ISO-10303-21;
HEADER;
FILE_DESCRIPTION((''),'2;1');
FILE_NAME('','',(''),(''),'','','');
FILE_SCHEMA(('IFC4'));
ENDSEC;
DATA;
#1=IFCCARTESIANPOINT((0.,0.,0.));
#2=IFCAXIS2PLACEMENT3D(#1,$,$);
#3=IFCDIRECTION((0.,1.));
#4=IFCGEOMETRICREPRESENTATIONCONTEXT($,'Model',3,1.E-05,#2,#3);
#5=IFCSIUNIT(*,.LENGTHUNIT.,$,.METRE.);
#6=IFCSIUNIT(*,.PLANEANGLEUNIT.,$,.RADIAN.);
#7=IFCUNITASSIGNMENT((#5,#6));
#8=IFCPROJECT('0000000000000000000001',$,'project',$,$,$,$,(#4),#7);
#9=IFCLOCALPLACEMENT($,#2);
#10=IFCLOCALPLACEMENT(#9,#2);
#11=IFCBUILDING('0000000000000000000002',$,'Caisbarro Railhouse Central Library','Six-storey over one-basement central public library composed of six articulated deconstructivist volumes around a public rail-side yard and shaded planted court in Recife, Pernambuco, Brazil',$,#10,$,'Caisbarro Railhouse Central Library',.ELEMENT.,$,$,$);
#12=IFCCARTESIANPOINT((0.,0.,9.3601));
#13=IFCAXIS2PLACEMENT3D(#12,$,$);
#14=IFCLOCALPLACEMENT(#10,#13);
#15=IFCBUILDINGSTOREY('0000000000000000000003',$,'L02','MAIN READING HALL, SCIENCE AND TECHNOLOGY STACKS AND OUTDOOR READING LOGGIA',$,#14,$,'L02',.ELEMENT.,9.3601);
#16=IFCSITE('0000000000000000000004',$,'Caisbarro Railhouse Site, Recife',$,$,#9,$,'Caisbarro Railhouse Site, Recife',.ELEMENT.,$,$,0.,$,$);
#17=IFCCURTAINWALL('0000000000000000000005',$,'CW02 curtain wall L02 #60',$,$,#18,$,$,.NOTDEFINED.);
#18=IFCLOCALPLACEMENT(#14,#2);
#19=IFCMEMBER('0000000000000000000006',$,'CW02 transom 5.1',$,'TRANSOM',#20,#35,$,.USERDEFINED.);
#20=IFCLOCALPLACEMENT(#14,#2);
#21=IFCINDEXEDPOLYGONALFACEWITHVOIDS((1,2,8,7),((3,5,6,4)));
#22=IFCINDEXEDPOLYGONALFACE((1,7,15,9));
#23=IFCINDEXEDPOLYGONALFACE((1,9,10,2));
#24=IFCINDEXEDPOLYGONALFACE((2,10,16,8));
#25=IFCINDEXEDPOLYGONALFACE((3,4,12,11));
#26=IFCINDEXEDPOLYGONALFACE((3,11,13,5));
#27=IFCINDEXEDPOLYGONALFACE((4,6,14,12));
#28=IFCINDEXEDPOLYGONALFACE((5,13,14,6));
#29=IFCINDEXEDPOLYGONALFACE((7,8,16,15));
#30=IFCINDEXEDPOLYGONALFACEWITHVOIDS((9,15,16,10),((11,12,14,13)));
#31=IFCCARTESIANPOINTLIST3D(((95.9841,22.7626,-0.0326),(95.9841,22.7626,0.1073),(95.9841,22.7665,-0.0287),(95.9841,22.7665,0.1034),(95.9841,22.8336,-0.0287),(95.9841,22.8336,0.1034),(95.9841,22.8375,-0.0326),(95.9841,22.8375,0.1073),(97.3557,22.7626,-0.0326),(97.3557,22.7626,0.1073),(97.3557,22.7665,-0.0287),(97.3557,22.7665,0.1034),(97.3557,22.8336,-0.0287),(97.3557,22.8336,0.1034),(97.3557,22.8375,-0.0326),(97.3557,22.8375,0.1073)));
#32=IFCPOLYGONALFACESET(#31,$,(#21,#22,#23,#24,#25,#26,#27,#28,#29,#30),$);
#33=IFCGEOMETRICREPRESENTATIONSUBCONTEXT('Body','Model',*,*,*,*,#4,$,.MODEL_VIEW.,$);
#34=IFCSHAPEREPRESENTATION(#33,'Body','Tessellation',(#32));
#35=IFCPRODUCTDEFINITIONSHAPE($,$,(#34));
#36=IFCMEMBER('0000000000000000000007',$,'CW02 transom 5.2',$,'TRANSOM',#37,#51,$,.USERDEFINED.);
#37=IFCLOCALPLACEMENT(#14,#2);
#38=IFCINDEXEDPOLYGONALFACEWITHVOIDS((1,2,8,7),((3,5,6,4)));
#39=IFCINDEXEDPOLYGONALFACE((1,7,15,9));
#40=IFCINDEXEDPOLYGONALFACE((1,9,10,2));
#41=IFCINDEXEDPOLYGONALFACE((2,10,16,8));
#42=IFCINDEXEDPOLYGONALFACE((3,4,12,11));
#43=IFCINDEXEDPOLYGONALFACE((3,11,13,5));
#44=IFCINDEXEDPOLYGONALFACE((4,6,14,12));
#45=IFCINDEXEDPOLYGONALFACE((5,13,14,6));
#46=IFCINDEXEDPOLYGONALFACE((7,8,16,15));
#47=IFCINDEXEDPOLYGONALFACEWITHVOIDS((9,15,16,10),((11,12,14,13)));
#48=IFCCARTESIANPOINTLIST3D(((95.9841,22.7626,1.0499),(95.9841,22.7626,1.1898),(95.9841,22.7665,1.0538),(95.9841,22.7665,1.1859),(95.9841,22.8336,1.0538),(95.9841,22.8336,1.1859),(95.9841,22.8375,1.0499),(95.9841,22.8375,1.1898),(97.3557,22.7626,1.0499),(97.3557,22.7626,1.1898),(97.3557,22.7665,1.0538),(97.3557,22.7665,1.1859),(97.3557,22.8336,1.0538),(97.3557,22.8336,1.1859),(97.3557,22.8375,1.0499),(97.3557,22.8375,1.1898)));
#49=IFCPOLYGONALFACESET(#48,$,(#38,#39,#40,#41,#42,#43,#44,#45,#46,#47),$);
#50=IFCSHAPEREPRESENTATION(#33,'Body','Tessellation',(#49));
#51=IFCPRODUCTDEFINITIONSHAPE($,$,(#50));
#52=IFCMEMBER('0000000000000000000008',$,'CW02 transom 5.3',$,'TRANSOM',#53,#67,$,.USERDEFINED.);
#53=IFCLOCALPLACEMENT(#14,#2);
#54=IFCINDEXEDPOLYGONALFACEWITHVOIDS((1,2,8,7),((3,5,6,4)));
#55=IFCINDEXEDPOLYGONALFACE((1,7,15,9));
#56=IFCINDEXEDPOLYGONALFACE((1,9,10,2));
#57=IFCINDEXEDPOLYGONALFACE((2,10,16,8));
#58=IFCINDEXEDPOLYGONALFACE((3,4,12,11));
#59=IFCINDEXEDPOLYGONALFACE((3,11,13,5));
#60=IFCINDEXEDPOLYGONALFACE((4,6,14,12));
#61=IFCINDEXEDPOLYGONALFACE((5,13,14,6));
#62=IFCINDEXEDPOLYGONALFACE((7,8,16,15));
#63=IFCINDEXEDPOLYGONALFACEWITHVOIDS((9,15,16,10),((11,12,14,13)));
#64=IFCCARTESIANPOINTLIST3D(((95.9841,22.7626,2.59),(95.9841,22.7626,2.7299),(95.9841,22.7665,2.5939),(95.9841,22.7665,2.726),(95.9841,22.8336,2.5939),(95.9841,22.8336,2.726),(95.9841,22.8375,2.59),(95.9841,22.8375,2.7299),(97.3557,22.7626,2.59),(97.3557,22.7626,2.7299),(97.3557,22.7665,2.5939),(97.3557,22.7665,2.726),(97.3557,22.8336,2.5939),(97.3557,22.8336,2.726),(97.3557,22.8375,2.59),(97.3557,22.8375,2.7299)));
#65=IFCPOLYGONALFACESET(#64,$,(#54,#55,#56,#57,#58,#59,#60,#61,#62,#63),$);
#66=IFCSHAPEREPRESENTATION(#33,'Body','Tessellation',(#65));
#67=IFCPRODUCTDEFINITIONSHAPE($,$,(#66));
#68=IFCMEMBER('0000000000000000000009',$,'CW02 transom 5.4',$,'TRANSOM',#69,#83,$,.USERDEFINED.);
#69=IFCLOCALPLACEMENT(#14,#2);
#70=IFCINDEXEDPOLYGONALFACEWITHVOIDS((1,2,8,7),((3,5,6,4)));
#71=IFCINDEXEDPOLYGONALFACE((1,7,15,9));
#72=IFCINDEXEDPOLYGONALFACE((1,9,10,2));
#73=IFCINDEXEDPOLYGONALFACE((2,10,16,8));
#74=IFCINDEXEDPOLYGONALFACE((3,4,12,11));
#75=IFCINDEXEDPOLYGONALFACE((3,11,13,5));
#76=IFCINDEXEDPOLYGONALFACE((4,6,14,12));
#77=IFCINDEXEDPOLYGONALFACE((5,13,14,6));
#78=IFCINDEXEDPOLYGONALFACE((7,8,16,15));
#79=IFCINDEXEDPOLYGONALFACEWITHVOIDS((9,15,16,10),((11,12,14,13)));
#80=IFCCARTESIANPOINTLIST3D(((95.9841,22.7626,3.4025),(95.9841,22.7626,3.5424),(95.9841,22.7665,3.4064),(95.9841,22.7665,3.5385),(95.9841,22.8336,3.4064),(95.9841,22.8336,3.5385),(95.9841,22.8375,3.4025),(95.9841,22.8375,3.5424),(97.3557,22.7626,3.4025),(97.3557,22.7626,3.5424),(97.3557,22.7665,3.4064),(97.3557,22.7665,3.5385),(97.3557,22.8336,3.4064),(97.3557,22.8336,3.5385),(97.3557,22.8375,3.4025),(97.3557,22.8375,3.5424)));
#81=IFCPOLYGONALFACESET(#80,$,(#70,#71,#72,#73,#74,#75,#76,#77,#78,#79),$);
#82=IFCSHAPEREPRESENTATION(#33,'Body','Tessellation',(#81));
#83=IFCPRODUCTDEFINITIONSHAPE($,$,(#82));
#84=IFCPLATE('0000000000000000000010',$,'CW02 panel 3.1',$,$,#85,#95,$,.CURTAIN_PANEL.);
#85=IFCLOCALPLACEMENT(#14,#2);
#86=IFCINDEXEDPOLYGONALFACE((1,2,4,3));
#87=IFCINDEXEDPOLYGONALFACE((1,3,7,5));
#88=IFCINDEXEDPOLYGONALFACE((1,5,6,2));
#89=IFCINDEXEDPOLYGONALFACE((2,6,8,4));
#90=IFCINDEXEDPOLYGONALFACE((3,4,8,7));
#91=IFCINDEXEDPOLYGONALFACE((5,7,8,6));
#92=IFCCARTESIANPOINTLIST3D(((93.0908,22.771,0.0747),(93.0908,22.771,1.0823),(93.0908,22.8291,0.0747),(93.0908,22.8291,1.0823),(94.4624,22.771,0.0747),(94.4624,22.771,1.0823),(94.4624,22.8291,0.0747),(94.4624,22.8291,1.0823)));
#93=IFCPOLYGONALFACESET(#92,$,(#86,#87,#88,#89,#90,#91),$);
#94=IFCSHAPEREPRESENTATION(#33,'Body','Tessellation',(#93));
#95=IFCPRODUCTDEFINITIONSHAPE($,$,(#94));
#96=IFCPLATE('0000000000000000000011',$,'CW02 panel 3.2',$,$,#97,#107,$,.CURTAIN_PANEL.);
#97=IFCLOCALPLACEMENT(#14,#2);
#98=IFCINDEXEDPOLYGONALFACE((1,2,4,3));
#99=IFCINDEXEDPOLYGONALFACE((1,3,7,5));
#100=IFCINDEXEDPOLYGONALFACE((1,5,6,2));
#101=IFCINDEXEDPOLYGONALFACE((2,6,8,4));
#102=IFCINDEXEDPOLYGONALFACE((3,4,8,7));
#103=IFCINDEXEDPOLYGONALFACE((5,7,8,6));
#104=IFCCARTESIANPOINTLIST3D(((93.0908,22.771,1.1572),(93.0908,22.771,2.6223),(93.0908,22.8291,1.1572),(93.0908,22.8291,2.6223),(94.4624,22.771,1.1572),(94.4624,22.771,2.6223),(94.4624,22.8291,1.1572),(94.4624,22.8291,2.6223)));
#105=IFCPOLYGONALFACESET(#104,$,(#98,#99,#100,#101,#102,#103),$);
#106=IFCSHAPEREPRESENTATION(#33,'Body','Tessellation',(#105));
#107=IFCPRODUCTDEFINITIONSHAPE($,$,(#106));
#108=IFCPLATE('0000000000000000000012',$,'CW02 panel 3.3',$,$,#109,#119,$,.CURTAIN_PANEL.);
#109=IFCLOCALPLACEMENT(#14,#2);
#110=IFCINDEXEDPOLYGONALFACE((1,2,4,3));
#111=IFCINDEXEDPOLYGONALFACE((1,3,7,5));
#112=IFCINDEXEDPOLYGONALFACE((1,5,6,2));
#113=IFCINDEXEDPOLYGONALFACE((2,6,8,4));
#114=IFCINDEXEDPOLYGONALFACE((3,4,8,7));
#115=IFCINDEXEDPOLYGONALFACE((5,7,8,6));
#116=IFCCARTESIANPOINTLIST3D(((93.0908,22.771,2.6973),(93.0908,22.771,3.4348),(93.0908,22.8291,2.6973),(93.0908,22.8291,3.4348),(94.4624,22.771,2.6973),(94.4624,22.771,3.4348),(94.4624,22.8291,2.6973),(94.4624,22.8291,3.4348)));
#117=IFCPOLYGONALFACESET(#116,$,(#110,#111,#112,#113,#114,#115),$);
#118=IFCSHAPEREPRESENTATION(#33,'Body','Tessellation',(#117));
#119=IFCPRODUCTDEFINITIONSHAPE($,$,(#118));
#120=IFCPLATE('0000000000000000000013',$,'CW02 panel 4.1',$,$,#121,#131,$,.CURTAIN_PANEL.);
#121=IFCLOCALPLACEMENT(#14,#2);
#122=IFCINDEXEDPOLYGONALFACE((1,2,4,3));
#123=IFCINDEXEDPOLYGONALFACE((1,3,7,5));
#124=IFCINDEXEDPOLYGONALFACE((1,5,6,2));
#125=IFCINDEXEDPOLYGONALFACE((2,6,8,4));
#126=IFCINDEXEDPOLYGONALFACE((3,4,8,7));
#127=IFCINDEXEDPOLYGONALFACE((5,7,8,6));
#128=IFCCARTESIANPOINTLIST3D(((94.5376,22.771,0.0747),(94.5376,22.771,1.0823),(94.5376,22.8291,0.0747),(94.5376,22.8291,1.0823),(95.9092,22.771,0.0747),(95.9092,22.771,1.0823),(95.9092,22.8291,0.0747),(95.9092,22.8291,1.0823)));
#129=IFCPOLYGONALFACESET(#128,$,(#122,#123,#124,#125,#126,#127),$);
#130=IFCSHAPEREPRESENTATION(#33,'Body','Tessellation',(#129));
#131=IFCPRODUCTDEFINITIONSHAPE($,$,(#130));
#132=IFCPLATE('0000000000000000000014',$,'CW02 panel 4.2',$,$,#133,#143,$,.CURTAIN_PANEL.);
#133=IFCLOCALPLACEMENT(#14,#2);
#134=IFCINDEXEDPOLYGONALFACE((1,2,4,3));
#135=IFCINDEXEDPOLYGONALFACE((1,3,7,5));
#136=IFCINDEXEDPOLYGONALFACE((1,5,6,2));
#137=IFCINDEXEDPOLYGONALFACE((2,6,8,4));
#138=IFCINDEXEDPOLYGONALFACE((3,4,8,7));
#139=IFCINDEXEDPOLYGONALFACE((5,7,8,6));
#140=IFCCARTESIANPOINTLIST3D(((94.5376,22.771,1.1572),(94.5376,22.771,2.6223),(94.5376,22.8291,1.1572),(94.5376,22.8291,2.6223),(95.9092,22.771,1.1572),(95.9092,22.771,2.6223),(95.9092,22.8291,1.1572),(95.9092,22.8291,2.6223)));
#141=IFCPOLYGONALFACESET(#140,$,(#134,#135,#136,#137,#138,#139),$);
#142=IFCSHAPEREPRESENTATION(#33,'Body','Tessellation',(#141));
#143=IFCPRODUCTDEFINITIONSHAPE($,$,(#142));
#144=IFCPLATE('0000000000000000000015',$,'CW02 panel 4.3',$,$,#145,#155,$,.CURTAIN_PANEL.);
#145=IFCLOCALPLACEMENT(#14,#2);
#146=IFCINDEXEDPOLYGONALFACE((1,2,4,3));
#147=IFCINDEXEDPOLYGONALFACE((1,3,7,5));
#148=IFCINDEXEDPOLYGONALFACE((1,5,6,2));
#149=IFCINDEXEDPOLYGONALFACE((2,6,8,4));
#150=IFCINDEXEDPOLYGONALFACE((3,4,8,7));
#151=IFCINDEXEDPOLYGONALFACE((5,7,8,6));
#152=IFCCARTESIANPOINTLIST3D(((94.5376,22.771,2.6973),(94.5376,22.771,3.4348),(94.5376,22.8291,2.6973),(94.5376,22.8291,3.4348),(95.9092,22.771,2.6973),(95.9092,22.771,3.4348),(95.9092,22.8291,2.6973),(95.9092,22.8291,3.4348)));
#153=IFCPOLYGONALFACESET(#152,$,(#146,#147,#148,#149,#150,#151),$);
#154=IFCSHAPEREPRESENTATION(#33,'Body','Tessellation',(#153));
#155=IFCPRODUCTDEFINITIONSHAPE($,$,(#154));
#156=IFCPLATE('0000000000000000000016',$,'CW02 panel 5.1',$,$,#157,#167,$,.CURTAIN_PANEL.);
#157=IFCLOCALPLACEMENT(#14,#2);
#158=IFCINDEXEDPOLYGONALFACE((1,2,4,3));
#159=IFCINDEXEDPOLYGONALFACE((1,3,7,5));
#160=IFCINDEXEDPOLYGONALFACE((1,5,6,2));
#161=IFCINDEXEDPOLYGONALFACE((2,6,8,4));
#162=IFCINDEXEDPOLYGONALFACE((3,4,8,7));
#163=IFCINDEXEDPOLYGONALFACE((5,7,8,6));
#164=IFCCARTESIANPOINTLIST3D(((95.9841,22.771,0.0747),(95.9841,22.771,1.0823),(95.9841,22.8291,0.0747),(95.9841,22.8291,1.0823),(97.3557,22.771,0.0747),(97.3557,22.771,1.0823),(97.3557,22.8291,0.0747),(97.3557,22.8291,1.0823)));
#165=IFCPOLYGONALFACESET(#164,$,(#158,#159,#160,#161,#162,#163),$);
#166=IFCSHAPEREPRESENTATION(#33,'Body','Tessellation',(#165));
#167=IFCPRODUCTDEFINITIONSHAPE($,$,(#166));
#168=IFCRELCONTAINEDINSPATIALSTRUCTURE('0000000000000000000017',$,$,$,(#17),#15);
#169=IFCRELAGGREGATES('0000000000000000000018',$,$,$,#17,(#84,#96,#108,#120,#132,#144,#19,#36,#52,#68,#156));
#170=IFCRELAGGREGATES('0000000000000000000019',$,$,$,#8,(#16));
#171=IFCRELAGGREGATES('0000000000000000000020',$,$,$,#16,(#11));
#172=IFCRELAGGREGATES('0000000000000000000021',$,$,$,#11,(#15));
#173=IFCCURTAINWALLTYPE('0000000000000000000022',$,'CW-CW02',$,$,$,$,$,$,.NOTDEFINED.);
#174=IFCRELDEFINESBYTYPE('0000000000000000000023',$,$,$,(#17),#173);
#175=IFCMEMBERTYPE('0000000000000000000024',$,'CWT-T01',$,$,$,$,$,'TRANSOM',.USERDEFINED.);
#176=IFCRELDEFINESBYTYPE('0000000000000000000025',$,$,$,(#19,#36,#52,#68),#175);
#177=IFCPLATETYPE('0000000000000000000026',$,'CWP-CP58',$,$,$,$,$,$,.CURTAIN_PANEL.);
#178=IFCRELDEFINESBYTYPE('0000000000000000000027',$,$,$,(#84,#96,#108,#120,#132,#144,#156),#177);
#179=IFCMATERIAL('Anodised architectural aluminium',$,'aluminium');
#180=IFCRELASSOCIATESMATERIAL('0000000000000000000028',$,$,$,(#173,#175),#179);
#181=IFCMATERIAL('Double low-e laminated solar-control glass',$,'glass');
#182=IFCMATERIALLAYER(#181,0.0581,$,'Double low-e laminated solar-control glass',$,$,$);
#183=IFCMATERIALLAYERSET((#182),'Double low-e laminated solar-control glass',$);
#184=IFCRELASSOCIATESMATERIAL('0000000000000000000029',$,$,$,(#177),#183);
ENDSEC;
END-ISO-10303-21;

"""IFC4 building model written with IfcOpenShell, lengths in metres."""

from ifc_helpers import new_model, si_unit, direction, frame, origin, origin_2d, place, context, subcontext, project, spatial, rectangle, hollow_rectangle, extrude, material, layer, layer_set, material_profile, profile_set, type_object, element, aggregate, save


model = new_model("IFC4")

# Units and contexts
model_context = context("Model", 3, precision=1e-05, world=origin(), true_north=direction((0.0, 1.0)))
body_context = subcontext(model_context, "Body", "Model", "MODEL_VIEW")
ifc_project = project(units=[si_unit("LENGTHUNIT", "METRE"), si_unit("PLANEANGLEUNIT", "RADIAN")], contexts=[model_context])

# Site, building, storey
site_placement = place(None, origin())
site = spatial("IfcSite", under=ifc_project, at=site_placement, Name="Caisbarro Railhouse Site, Recife", LongName="Caisbarro Railhouse Site, Recife", CompositionType="ELEMENT", RefElevation=0.0)
building_placement = place(site_placement, origin())
building = spatial("IfcBuilding", under=site, at=building_placement, Name="Caisbarro Railhouse Central Library", Description="Six-storey over one-basement central public library composed of six articulated deconstructivist volumes around a public rail-side yard and shaded planted court in Recife, Pernambuco, Brazil", LongName="Caisbarro Railhouse Central Library", CompositionType="ELEMENT")
storey_placement = place(building_placement, frame((0.0, 0.0, 9.3601)))
storey = spatial("IfcBuildingStorey", under=building, at=storey_placement, Name="L02", Description="MAIN READING HALL, SCIENCE AND TECHNOLOGY STACKS AND OUTDOOR READING LOGGIA", LongName="L02", CompositionType="ELEMENT", Elevation=9.3601)

# Curtain wall, members, plates
ifc_material_1 = material(Name="Anodised architectural aluminium", Category="aluminium")
curtain_wall_type = type_object("IfcCurtainWallType", Name="CW-CW02", PredefinedType="NOTDEFINED", material=ifc_material_1)
curtain_wall_placement = place(storey_placement, origin())
curtain_wall = element("IfcCurtainWall", 1, at=curtain_wall_placement, inside=storey, type_object=curtain_wall_type, Name="CW02 curtain wall L02 #60", PredefinedType="NOTDEFINED")
ifc_material_profile_1 = material_profile(ifc_material_1, hollow_rectangle(XDim=0.075, YDim=0.1399, WallThickness=0.0039, at=origin_2d()), Name="ALU-TRN-75X140")
ifc_profile_set_1 = profile_set([ifc_material_profile_1], Name="Anodised architectural aluminium")
member_type_1 = type_object("IfcMemberType", Name="CWT-T01", ElementType="TRANSOM", PredefinedType="USERDEFINED", material=ifc_profile_set_1)
member_1_placement = place(storey_placement, frame((95.9841, 22.8, 0.0374), z_axis=(1.0, 0.0, 0.0), x_axis=(0.0, 1.0, 0.0)))
member_1 = element("IfcMember", 2, at=member_1_placement, type_object=member_type_1, Name="CW02 transom 5.1", ObjectType="TRANSOM", PredefinedType="USERDEFINED", context=body_context, shape_type="SweptSolid", body=[
    extrude(hollow_rectangle(XDim=0.075, YDim=0.1399, WallThickness=0.0039, at=origin_2d()), origin(), (0.0, 0.0, 1.0), 1.3716),
])
member_2_placement = place(storey_placement, frame((95.9841, 22.8, 1.1199), z_axis=(1.0, 0.0, 0.0), x_axis=(0.0, 1.0, 0.0)))
member_2 = element("IfcMember", 3, at=member_2_placement, type_object=member_type_1, Name="CW02 transom 5.2", ObjectType="TRANSOM", PredefinedType="USERDEFINED", context=body_context, shape_type="SweptSolid", body=[
    extrude(hollow_rectangle(XDim=0.075, YDim=0.1399, WallThickness=0.0039, at=origin_2d()), origin(), (0.0, 0.0, 1.0), 1.3716),
])
member_3_placement = place(storey_placement, frame((95.9841, 22.8, 2.6599), z_axis=(1.0, 0.0, 0.0), x_axis=(0.0, 1.0, 0.0)))
member_3 = element("IfcMember", 4, at=member_3_placement, type_object=member_type_1, Name="CW02 transom 5.3", ObjectType="TRANSOM", PredefinedType="USERDEFINED", context=body_context, shape_type="SweptSolid", body=[
    extrude(hollow_rectangle(XDim=0.075, YDim=0.1399, WallThickness=0.0039, at=origin_2d()), origin(), (0.0, 0.0, 1.0), 1.3716),
])
member_4_placement = place(storey_placement, frame((95.9841, 22.8, 3.4724), z_axis=(1.0, 0.0, 0.0), x_axis=(0.0, 1.0, 0.0)))
member_4 = element("IfcMember", 5, at=member_4_placement, type_object=member_type_1, Name="CW02 transom 5.4", ObjectType="TRANSOM", PredefinedType="USERDEFINED", context=body_context, shape_type="SweptSolid", body=[
    extrude(hollow_rectangle(XDim=0.075, YDim=0.1399, WallThickness=0.0039, at=origin_2d()), origin(), (0.0, 0.0, 1.0), 1.3716),
])
ifc_material_2 = material(Name="Double low-e laminated solar-control glass", Category="glass")
ifc_layer = layer(ifc_material_2, 0.0581, Name="Double low-e laminated solar-control glass")
ifc_layer_set = layer_set([ifc_layer], Name="Double low-e laminated solar-control glass")
plate_type = type_object("IfcPlateType", Name="CWP-CP58", PredefinedType="CURTAIN_PANEL", material=ifc_layer_set)
plate_1_placement = place(storey_placement, frame((93.7766, 22.8, 0.0747), z_axis=(0.0, 0.0, 1.0), x_axis=(1.0, 0.0, 0.0)))
plate_1 = element("IfcPlate", 6, at=plate_1_placement, type_object=plate_type, Name="CW02 panel 3.1", PredefinedType="CURTAIN_PANEL", context=body_context, shape_type="SweptSolid", body=[
    extrude(rectangle(XDim=1.3716, YDim=0.0581, at=origin_2d()), origin(), (0.0, 0.0, 1.0), 1.0076),
])
plate_2_placement = place(storey_placement, frame((93.7766, 22.8, 1.1572), z_axis=(0.0, 0.0, 1.0), x_axis=(1.0, 0.0, 0.0)))
plate_2 = element("IfcPlate", 7, at=plate_2_placement, type_object=plate_type, Name="CW02 panel 3.2", PredefinedType="CURTAIN_PANEL", context=body_context, shape_type="SweptSolid", body=[
    extrude(rectangle(XDim=1.3716, YDim=0.0581, at=origin_2d()), origin(), (0.0, 0.0, 1.0), 1.4651),
])
plate_3_placement = place(storey_placement, frame((93.7766, 22.8, 2.6973), z_axis=(0.0, 0.0, 1.0), x_axis=(1.0, 0.0, 0.0)))
plate_3 = element("IfcPlate", 8, at=plate_3_placement, type_object=plate_type, Name="CW02 panel 3.3", PredefinedType="CURTAIN_PANEL", context=body_context, shape_type="SweptSolid", body=[
    extrude(rectangle(XDim=1.3716, YDim=0.0581, at=origin_2d()), origin(), (0.0, 0.0, 1.0), 0.7375),
])
plate_4_placement = place(storey_placement, frame((95.2234, 22.8, 0.0747), z_axis=(0.0, 0.0, 1.0), x_axis=(1.0, 0.0, 0.0)))
plate_4 = element("IfcPlate", 9, at=plate_4_placement, type_object=plate_type, Name="CW02 panel 4.1", PredefinedType="CURTAIN_PANEL", context=body_context, shape_type="SweptSolid", body=[
    extrude(rectangle(XDim=1.3716, YDim=0.0581, at=origin_2d()), origin(), (0.0, 0.0, 1.0), 1.0076),
])
plate_5_placement = place(storey_placement, frame((95.2234, 22.8, 1.1572), z_axis=(0.0, 0.0, 1.0), x_axis=(1.0, 0.0, 0.0)))
plate_5 = element("IfcPlate", 10, at=plate_5_placement, type_object=plate_type, Name="CW02 panel 4.2", PredefinedType="CURTAIN_PANEL", context=body_context, shape_type="SweptSolid", body=[
    extrude(rectangle(XDim=1.3716, YDim=0.0581, at=origin_2d()), origin(), (0.0, 0.0, 1.0), 1.4651),
])
plate_6_placement = place(storey_placement, frame((95.2234, 22.8, 2.6973), z_axis=(0.0, 0.0, 1.0), x_axis=(1.0, 0.0, 0.0)))
plate_6 = element("IfcPlate", 11, at=plate_6_placement, type_object=plate_type, Name="CW02 panel 4.3", PredefinedType="CURTAIN_PANEL", context=body_context, shape_type="SweptSolid", body=[
    extrude(rectangle(XDim=1.3716, YDim=0.0581, at=origin_2d()), origin(), (0.0, 0.0, 1.0), 0.7375),
])
plate_7_placement = place(storey_placement, frame((96.6699, 22.8, 0.0747), z_axis=(0.0, 0.0, 1.0), x_axis=(1.0, 0.0, 0.0)))
plate_7 = element("IfcPlate", 12, at=plate_7_placement, type_object=plate_type, Name="CW02 panel 5.1", PredefinedType="CURTAIN_PANEL", context=body_context, shape_type="SweptSolid", body=[
    extrude(rectangle(XDim=1.3716, YDim=0.0581, at=origin_2d()), origin(), (0.0, 0.0, 1.0), 1.0076),
])
aggregate(curtain_wall, [plate_1, plate_2, plate_3, plate_4, plate_5, plate_6, member_1, member_2, member_3, member_4, plate_7])

save(model, "model.ifc")
